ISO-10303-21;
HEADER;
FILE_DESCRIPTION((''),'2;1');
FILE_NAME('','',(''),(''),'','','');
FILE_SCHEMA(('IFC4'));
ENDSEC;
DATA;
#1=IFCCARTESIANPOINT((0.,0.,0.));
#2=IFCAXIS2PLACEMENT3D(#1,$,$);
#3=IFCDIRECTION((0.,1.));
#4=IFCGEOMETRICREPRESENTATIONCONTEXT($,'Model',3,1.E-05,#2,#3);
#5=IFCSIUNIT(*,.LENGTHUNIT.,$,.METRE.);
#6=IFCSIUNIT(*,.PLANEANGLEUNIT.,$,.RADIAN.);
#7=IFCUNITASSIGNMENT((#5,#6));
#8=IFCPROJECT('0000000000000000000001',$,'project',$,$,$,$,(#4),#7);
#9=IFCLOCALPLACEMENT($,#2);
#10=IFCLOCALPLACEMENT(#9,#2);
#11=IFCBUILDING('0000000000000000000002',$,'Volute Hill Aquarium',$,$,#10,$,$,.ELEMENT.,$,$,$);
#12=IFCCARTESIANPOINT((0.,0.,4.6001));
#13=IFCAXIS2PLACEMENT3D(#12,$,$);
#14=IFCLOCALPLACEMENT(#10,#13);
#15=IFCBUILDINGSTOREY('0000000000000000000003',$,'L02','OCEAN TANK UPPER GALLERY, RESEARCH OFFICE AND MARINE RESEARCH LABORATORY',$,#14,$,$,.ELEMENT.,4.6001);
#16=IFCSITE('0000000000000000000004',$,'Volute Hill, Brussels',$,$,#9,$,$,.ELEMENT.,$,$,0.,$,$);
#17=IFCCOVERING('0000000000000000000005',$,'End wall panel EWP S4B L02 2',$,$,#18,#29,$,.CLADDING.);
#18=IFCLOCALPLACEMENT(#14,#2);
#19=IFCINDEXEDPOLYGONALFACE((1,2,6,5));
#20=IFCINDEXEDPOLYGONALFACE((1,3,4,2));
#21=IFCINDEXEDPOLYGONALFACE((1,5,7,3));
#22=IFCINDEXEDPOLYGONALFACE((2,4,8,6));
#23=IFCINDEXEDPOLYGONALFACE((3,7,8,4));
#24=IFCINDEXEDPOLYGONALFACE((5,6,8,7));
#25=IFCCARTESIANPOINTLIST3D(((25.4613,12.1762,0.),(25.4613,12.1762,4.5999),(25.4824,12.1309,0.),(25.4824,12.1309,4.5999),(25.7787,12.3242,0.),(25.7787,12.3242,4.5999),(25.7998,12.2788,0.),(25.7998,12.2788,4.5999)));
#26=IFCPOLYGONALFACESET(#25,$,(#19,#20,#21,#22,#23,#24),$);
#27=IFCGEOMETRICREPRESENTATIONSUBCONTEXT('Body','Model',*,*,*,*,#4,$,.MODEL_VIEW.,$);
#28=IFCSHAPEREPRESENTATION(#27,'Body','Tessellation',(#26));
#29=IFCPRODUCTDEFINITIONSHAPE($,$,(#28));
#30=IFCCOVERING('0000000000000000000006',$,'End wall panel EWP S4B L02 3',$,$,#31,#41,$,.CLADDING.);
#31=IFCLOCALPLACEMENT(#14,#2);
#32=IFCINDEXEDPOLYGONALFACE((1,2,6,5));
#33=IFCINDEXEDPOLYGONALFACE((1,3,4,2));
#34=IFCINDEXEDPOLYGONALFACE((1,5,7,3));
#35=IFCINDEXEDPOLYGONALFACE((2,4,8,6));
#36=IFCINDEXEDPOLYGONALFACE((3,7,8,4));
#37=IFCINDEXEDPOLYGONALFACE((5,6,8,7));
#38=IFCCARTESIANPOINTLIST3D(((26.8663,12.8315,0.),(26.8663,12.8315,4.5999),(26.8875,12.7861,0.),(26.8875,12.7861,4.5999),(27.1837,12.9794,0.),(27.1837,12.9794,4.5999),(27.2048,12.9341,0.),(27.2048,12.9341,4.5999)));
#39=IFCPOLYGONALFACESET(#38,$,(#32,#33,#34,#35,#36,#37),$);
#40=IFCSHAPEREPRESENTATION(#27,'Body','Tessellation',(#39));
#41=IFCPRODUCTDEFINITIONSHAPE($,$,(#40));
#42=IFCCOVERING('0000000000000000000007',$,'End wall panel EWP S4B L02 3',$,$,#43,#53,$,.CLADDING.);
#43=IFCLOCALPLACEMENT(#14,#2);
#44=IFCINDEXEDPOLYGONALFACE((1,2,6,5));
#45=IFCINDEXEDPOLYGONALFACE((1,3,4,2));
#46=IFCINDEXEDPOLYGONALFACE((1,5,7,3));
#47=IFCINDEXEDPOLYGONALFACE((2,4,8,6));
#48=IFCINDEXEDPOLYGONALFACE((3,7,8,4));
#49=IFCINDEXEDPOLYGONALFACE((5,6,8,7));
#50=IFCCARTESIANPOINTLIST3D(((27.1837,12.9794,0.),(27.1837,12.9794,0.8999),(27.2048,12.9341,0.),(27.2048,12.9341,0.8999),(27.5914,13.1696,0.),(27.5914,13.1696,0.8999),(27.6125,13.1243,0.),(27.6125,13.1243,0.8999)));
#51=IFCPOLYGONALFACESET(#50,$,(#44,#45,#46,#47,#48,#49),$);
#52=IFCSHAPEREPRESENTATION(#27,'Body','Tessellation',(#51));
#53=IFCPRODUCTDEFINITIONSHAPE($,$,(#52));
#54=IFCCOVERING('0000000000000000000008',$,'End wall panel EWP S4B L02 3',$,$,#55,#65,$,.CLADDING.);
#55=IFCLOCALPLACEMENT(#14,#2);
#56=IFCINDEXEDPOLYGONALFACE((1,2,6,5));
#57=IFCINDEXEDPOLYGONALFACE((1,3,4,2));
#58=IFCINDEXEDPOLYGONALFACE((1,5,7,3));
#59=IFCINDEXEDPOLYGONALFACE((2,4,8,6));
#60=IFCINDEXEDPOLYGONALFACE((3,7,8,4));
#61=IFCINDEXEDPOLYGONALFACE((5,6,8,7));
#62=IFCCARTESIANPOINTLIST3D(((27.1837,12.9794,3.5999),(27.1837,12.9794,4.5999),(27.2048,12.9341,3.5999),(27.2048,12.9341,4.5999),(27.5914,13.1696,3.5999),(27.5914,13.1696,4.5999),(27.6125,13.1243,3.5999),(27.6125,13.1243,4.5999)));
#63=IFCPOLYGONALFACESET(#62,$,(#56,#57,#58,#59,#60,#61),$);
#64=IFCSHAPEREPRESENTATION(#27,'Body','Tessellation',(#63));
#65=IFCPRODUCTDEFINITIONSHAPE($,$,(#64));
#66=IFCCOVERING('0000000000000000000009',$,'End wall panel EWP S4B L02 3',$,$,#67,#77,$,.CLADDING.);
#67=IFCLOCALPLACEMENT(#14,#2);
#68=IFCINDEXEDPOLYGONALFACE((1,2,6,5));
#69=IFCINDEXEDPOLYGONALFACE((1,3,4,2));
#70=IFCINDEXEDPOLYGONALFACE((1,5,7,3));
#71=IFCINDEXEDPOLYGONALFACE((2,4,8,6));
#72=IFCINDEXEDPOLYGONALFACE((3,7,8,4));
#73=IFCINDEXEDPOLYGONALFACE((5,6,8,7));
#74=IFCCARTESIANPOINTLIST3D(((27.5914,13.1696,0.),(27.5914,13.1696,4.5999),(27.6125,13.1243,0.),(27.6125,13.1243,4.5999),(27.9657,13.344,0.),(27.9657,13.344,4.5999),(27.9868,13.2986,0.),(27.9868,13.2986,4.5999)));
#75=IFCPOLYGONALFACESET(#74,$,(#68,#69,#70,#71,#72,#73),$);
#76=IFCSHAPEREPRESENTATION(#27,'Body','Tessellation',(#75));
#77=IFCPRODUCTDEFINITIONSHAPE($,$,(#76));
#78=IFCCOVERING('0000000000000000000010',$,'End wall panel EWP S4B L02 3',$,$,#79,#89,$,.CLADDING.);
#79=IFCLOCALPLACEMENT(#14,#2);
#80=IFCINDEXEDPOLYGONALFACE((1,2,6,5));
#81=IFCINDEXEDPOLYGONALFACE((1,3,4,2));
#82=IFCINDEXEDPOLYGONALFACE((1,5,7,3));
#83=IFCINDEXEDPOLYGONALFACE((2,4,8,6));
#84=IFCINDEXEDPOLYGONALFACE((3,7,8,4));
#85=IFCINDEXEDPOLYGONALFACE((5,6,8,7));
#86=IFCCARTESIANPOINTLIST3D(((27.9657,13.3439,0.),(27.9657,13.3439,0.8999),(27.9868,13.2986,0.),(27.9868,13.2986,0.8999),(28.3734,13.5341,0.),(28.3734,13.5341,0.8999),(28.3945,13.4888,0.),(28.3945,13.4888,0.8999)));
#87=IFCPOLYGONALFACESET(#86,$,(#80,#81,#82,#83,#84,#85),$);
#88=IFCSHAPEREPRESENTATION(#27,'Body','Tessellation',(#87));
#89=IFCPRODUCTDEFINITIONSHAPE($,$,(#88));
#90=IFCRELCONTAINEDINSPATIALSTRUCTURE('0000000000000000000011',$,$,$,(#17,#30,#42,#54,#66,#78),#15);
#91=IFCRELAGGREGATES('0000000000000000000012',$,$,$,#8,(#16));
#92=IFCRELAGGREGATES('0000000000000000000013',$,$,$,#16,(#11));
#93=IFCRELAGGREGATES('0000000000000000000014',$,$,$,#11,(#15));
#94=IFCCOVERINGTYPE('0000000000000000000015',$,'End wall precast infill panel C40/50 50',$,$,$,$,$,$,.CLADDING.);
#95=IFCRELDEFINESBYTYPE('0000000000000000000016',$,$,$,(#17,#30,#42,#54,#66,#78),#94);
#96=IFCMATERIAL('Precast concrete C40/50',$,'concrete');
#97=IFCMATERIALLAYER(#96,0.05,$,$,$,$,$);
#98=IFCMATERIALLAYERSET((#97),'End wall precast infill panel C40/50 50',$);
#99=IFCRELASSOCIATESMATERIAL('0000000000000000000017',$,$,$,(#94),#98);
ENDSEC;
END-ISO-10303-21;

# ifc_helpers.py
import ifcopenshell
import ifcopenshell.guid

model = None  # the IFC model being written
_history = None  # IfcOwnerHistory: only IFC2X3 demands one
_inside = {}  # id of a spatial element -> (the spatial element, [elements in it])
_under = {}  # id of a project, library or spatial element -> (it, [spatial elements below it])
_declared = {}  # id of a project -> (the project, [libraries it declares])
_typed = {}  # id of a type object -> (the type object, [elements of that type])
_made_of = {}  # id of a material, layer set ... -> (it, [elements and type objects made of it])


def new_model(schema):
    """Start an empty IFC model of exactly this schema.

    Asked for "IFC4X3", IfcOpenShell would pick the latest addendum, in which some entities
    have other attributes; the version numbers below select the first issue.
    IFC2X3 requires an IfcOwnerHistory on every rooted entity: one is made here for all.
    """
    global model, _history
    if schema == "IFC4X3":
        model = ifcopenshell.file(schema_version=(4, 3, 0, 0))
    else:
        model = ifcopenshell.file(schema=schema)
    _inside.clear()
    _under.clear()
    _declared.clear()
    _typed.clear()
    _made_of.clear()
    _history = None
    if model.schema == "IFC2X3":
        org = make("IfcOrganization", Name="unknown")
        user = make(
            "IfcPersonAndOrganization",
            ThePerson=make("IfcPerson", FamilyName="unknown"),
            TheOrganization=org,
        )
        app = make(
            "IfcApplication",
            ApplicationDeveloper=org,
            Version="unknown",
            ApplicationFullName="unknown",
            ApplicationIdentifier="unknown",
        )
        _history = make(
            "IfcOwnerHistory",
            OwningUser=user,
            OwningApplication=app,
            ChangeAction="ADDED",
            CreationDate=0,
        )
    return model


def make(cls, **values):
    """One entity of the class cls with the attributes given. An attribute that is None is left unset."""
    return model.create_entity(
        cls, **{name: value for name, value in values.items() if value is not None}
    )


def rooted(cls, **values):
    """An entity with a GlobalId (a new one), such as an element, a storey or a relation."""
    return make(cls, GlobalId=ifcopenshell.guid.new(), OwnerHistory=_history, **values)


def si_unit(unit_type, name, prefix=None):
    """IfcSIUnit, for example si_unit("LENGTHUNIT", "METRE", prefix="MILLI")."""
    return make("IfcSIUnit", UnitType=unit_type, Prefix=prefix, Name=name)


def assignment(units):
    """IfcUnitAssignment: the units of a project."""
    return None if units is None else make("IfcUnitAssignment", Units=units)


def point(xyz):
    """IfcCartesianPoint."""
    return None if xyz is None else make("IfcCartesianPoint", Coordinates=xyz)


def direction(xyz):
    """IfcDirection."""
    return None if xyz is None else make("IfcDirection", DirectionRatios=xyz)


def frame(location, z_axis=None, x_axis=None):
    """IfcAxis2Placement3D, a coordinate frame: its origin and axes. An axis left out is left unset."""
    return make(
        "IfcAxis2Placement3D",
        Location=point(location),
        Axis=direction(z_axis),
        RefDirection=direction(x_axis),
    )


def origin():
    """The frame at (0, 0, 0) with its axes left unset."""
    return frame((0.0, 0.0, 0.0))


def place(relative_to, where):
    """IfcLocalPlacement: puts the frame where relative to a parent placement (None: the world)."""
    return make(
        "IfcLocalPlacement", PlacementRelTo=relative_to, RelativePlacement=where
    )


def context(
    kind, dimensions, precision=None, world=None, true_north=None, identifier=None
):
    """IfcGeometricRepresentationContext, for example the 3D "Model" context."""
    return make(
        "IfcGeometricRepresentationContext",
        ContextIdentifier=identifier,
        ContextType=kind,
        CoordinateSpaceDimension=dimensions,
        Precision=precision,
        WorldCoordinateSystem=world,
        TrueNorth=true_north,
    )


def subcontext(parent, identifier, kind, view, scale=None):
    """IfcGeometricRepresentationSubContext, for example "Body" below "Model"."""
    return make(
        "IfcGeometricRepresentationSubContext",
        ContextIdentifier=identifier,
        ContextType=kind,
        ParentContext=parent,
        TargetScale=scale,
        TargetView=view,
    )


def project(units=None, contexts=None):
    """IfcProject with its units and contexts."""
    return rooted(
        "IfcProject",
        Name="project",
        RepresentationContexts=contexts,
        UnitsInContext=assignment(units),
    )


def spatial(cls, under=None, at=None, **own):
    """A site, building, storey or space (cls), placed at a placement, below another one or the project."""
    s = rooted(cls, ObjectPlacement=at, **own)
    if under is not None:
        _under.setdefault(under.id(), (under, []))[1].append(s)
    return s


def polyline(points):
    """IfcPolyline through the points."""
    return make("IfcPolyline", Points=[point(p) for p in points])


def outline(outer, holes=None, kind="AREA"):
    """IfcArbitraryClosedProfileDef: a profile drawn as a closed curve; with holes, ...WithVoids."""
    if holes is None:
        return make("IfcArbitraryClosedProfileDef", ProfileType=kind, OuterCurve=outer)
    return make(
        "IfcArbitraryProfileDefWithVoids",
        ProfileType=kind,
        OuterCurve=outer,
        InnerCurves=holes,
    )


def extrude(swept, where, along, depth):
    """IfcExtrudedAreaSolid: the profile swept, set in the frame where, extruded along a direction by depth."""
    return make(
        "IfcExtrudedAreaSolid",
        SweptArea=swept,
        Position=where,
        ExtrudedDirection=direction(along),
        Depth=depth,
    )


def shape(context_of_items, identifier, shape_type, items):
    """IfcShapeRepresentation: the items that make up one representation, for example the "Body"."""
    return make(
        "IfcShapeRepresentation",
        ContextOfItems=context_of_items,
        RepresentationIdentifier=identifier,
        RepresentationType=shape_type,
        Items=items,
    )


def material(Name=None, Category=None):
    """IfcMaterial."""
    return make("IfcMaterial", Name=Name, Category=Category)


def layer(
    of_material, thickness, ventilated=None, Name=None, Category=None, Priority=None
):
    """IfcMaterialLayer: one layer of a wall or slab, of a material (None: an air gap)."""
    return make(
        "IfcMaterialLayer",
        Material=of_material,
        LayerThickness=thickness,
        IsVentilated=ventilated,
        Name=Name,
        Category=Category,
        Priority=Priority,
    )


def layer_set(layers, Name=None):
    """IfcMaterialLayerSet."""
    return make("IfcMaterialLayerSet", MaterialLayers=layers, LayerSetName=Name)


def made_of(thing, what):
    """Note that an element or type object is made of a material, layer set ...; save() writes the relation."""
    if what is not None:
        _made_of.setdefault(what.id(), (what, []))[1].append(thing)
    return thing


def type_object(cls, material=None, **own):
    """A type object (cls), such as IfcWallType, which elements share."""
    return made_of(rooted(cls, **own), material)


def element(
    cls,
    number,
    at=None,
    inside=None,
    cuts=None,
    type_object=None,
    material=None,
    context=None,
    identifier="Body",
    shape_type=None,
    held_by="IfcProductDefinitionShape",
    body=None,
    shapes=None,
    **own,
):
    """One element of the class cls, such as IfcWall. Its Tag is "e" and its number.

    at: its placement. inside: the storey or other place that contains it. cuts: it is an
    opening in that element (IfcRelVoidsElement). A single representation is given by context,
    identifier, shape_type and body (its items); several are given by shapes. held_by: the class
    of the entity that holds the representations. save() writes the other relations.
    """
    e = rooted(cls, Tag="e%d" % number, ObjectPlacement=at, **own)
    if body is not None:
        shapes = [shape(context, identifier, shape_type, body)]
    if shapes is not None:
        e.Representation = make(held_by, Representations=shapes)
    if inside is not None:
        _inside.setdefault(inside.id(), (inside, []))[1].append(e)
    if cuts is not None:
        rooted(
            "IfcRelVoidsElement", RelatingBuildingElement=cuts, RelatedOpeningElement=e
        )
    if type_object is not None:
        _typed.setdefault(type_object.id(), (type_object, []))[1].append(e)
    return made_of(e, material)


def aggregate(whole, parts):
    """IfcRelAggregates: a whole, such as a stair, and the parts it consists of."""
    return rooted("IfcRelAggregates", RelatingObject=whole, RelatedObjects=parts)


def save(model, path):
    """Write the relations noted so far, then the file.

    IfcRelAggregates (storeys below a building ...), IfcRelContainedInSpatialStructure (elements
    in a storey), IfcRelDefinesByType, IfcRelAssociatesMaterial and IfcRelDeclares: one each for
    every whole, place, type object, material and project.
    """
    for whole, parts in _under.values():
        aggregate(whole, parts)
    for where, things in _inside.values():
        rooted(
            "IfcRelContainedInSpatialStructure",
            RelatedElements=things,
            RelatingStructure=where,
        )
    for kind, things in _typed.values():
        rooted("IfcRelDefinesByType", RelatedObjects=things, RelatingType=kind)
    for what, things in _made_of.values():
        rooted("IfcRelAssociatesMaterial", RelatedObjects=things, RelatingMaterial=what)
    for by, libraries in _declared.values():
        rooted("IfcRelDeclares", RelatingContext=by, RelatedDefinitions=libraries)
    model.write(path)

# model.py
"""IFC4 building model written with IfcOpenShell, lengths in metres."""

from ifc_helpers import new_model, si_unit, direction, frame, origin, place, context, subcontext, project, spatial, polyline, outline, extrude, material, layer, layer_set, type_object, element, save


model = new_model("IFC4")

# Units and contexts
model_context = context("Model", 3, precision=1e-05, world=origin(), true_north=direction((0.0, 1.0)))
body_context = subcontext(model_context, "Body", "Model", "MODEL_VIEW")
ifc_project = project(units=[si_unit("LENGTHUNIT", "METRE"), si_unit("PLANEANGLEUNIT", "RADIAN")], contexts=[model_context])

# Site, building, storey
site_placement = place(None, origin())
site = spatial("IfcSite", under=ifc_project, at=site_placement, Name="Volute Hill, Brussels", CompositionType="ELEMENT", RefElevation=0.0)
building_placement = place(site_placement, origin())
building = spatial("IfcBuilding", under=site, at=building_placement, Name="Volute Hill Aquarium", CompositionType="ELEMENT")
storey_placement = place(building_placement, frame((0.0, 0.0, 4.6001)))
storey = spatial("IfcBuildingStorey", under=building, at=storey_placement, Name="L02", Description="OCEAN TANK UPPER GALLERY, RESEARCH OFFICE AND MARINE RESEARCH LABORATORY", CompositionType="ELEMENT", Elevation=4.6001)

# Coverings
ifc_material_1 = material(Name="Precast concrete C40/50", Category="concrete")
ifc_layer_1 = layer(ifc_material_1, 0.05)
ifc_layer_set_1 = layer_set([ifc_layer_1], Name="End wall precast infill panel C40/50 50")
covering_type_1 = type_object("IfcCoveringType", Name="End wall precast infill panel C40/50 50", PredefinedType="CLADDING", material=ifc_layer_set_1)
for number, where, z_axis, x_axis, name in (
    (1, (25.4824, 12.1309, 0.0), (0.422504, -0.906361, 0.0), (0.906361, 0.422504, 0.0), "End wall panel EWP S4B L02 2"),
    (2, (26.8875, 12.7861, 0.0), (0.422504, -0.906361, 0.0), (0.906361, 0.422504, 0.0), "End wall panel EWP S4B L02 3"),
):
    element("IfcCovering", number, at=place(storey_placement, frame(where, z_axis=z_axis, x_axis=x_axis)), inside=storey, type_object=covering_type_1, Name=name, PredefinedType="CLADDING", context=body_context, shape_type="SweptSolid", body=[
        extrude(outline(polyline([(0.0, 0.0), (0.3502, 0.0), (0.3502, 4.5999), (0.0, 4.5999), (0.0, 0.0)])), origin(), (0.0, 0.0, -1.0), 0.05),
    ])
covering_1_placement = place(storey_placement, frame((27.2048, 12.9341, 0.0), z_axis=(0.422737, -0.906252, 0.0), x_axis=(0.906252, 0.422737, 0.0)))
element("IfcCovering", 3, at=covering_1_placement, inside=storey, type_object=covering_type_1, Name="End wall panel EWP S4B L02 3", PredefinedType="CLADDING", context=body_context, shape_type="SweptSolid", body=[
    extrude(outline(polyline([(0.0, 0.0), (0.4499, 0.0), (0.4499, 0.8999), (0.0, 0.8999), (0.0, 0.0)])), origin(), (0.0, 0.0, -1.0), 0.05),
])
covering_2_placement = place(storey_placement, frame((27.2048, 12.9341, 3.5999), z_axis=(0.422737, -0.906252, 0.0), x_axis=(0.906252, 0.422737, 0.0)))
element("IfcCovering", 4, at=covering_2_placement, inside=storey, type_object=covering_type_1, Name="End wall panel EWP S4B L02 3", PredefinedType="CLADDING", context=body_context, shape_type="SweptSolid", body=[
    extrude(outline(polyline([(0.0, 0.0), (0.4499, 0.0), (0.4499, 1.0), (0.0, 1.0), (0.0, 0.0)])), origin(), (0.0, 0.0, -1.0), 0.05),
])
covering_3_placement = place(storey_placement, frame((27.6125, 13.1243, 0.0), z_axis=(0.422206, -0.9065, 0.0), x_axis=(0.9065, 0.422206, 0.0)))
element("IfcCovering", 5, at=covering_3_placement, inside=storey, type_object=covering_type_1, Name="End wall panel EWP S4B L02 3", PredefinedType="CLADDING", context=body_context, shape_type="SweptSolid", body=[
    extrude(outline(polyline([(0.0, 0.0), (0.4129, 0.0), (0.4129, 4.5999), (0.0, 4.5999), (0.0, 0.0)])), origin(), (0.0, 0.0, -1.0), 0.05),
])
covering_4_placement = place(storey_placement, frame((27.9868, 13.2986, 0.0), z_axis=(0.422737, -0.906252, 0.0), x_axis=(0.906252, 0.422737, 0.0)))
element("IfcCovering", 6, at=covering_4_placement, inside=storey, type_object=covering_type_1, Name="End wall panel EWP S4B L02 3", PredefinedType="CLADDING", context=body_context, shape_type="SweptSolid", body=[
    extrude(outline(polyline([(0.0, 0.0), (0.4499, 0.0), (0.4499, 0.8999), (0.0, 0.8999), (0.0, 0.0)])), origin(), (0.0, 0.0, -1.0), 0.05),
])

save(model, "model.ifc")
